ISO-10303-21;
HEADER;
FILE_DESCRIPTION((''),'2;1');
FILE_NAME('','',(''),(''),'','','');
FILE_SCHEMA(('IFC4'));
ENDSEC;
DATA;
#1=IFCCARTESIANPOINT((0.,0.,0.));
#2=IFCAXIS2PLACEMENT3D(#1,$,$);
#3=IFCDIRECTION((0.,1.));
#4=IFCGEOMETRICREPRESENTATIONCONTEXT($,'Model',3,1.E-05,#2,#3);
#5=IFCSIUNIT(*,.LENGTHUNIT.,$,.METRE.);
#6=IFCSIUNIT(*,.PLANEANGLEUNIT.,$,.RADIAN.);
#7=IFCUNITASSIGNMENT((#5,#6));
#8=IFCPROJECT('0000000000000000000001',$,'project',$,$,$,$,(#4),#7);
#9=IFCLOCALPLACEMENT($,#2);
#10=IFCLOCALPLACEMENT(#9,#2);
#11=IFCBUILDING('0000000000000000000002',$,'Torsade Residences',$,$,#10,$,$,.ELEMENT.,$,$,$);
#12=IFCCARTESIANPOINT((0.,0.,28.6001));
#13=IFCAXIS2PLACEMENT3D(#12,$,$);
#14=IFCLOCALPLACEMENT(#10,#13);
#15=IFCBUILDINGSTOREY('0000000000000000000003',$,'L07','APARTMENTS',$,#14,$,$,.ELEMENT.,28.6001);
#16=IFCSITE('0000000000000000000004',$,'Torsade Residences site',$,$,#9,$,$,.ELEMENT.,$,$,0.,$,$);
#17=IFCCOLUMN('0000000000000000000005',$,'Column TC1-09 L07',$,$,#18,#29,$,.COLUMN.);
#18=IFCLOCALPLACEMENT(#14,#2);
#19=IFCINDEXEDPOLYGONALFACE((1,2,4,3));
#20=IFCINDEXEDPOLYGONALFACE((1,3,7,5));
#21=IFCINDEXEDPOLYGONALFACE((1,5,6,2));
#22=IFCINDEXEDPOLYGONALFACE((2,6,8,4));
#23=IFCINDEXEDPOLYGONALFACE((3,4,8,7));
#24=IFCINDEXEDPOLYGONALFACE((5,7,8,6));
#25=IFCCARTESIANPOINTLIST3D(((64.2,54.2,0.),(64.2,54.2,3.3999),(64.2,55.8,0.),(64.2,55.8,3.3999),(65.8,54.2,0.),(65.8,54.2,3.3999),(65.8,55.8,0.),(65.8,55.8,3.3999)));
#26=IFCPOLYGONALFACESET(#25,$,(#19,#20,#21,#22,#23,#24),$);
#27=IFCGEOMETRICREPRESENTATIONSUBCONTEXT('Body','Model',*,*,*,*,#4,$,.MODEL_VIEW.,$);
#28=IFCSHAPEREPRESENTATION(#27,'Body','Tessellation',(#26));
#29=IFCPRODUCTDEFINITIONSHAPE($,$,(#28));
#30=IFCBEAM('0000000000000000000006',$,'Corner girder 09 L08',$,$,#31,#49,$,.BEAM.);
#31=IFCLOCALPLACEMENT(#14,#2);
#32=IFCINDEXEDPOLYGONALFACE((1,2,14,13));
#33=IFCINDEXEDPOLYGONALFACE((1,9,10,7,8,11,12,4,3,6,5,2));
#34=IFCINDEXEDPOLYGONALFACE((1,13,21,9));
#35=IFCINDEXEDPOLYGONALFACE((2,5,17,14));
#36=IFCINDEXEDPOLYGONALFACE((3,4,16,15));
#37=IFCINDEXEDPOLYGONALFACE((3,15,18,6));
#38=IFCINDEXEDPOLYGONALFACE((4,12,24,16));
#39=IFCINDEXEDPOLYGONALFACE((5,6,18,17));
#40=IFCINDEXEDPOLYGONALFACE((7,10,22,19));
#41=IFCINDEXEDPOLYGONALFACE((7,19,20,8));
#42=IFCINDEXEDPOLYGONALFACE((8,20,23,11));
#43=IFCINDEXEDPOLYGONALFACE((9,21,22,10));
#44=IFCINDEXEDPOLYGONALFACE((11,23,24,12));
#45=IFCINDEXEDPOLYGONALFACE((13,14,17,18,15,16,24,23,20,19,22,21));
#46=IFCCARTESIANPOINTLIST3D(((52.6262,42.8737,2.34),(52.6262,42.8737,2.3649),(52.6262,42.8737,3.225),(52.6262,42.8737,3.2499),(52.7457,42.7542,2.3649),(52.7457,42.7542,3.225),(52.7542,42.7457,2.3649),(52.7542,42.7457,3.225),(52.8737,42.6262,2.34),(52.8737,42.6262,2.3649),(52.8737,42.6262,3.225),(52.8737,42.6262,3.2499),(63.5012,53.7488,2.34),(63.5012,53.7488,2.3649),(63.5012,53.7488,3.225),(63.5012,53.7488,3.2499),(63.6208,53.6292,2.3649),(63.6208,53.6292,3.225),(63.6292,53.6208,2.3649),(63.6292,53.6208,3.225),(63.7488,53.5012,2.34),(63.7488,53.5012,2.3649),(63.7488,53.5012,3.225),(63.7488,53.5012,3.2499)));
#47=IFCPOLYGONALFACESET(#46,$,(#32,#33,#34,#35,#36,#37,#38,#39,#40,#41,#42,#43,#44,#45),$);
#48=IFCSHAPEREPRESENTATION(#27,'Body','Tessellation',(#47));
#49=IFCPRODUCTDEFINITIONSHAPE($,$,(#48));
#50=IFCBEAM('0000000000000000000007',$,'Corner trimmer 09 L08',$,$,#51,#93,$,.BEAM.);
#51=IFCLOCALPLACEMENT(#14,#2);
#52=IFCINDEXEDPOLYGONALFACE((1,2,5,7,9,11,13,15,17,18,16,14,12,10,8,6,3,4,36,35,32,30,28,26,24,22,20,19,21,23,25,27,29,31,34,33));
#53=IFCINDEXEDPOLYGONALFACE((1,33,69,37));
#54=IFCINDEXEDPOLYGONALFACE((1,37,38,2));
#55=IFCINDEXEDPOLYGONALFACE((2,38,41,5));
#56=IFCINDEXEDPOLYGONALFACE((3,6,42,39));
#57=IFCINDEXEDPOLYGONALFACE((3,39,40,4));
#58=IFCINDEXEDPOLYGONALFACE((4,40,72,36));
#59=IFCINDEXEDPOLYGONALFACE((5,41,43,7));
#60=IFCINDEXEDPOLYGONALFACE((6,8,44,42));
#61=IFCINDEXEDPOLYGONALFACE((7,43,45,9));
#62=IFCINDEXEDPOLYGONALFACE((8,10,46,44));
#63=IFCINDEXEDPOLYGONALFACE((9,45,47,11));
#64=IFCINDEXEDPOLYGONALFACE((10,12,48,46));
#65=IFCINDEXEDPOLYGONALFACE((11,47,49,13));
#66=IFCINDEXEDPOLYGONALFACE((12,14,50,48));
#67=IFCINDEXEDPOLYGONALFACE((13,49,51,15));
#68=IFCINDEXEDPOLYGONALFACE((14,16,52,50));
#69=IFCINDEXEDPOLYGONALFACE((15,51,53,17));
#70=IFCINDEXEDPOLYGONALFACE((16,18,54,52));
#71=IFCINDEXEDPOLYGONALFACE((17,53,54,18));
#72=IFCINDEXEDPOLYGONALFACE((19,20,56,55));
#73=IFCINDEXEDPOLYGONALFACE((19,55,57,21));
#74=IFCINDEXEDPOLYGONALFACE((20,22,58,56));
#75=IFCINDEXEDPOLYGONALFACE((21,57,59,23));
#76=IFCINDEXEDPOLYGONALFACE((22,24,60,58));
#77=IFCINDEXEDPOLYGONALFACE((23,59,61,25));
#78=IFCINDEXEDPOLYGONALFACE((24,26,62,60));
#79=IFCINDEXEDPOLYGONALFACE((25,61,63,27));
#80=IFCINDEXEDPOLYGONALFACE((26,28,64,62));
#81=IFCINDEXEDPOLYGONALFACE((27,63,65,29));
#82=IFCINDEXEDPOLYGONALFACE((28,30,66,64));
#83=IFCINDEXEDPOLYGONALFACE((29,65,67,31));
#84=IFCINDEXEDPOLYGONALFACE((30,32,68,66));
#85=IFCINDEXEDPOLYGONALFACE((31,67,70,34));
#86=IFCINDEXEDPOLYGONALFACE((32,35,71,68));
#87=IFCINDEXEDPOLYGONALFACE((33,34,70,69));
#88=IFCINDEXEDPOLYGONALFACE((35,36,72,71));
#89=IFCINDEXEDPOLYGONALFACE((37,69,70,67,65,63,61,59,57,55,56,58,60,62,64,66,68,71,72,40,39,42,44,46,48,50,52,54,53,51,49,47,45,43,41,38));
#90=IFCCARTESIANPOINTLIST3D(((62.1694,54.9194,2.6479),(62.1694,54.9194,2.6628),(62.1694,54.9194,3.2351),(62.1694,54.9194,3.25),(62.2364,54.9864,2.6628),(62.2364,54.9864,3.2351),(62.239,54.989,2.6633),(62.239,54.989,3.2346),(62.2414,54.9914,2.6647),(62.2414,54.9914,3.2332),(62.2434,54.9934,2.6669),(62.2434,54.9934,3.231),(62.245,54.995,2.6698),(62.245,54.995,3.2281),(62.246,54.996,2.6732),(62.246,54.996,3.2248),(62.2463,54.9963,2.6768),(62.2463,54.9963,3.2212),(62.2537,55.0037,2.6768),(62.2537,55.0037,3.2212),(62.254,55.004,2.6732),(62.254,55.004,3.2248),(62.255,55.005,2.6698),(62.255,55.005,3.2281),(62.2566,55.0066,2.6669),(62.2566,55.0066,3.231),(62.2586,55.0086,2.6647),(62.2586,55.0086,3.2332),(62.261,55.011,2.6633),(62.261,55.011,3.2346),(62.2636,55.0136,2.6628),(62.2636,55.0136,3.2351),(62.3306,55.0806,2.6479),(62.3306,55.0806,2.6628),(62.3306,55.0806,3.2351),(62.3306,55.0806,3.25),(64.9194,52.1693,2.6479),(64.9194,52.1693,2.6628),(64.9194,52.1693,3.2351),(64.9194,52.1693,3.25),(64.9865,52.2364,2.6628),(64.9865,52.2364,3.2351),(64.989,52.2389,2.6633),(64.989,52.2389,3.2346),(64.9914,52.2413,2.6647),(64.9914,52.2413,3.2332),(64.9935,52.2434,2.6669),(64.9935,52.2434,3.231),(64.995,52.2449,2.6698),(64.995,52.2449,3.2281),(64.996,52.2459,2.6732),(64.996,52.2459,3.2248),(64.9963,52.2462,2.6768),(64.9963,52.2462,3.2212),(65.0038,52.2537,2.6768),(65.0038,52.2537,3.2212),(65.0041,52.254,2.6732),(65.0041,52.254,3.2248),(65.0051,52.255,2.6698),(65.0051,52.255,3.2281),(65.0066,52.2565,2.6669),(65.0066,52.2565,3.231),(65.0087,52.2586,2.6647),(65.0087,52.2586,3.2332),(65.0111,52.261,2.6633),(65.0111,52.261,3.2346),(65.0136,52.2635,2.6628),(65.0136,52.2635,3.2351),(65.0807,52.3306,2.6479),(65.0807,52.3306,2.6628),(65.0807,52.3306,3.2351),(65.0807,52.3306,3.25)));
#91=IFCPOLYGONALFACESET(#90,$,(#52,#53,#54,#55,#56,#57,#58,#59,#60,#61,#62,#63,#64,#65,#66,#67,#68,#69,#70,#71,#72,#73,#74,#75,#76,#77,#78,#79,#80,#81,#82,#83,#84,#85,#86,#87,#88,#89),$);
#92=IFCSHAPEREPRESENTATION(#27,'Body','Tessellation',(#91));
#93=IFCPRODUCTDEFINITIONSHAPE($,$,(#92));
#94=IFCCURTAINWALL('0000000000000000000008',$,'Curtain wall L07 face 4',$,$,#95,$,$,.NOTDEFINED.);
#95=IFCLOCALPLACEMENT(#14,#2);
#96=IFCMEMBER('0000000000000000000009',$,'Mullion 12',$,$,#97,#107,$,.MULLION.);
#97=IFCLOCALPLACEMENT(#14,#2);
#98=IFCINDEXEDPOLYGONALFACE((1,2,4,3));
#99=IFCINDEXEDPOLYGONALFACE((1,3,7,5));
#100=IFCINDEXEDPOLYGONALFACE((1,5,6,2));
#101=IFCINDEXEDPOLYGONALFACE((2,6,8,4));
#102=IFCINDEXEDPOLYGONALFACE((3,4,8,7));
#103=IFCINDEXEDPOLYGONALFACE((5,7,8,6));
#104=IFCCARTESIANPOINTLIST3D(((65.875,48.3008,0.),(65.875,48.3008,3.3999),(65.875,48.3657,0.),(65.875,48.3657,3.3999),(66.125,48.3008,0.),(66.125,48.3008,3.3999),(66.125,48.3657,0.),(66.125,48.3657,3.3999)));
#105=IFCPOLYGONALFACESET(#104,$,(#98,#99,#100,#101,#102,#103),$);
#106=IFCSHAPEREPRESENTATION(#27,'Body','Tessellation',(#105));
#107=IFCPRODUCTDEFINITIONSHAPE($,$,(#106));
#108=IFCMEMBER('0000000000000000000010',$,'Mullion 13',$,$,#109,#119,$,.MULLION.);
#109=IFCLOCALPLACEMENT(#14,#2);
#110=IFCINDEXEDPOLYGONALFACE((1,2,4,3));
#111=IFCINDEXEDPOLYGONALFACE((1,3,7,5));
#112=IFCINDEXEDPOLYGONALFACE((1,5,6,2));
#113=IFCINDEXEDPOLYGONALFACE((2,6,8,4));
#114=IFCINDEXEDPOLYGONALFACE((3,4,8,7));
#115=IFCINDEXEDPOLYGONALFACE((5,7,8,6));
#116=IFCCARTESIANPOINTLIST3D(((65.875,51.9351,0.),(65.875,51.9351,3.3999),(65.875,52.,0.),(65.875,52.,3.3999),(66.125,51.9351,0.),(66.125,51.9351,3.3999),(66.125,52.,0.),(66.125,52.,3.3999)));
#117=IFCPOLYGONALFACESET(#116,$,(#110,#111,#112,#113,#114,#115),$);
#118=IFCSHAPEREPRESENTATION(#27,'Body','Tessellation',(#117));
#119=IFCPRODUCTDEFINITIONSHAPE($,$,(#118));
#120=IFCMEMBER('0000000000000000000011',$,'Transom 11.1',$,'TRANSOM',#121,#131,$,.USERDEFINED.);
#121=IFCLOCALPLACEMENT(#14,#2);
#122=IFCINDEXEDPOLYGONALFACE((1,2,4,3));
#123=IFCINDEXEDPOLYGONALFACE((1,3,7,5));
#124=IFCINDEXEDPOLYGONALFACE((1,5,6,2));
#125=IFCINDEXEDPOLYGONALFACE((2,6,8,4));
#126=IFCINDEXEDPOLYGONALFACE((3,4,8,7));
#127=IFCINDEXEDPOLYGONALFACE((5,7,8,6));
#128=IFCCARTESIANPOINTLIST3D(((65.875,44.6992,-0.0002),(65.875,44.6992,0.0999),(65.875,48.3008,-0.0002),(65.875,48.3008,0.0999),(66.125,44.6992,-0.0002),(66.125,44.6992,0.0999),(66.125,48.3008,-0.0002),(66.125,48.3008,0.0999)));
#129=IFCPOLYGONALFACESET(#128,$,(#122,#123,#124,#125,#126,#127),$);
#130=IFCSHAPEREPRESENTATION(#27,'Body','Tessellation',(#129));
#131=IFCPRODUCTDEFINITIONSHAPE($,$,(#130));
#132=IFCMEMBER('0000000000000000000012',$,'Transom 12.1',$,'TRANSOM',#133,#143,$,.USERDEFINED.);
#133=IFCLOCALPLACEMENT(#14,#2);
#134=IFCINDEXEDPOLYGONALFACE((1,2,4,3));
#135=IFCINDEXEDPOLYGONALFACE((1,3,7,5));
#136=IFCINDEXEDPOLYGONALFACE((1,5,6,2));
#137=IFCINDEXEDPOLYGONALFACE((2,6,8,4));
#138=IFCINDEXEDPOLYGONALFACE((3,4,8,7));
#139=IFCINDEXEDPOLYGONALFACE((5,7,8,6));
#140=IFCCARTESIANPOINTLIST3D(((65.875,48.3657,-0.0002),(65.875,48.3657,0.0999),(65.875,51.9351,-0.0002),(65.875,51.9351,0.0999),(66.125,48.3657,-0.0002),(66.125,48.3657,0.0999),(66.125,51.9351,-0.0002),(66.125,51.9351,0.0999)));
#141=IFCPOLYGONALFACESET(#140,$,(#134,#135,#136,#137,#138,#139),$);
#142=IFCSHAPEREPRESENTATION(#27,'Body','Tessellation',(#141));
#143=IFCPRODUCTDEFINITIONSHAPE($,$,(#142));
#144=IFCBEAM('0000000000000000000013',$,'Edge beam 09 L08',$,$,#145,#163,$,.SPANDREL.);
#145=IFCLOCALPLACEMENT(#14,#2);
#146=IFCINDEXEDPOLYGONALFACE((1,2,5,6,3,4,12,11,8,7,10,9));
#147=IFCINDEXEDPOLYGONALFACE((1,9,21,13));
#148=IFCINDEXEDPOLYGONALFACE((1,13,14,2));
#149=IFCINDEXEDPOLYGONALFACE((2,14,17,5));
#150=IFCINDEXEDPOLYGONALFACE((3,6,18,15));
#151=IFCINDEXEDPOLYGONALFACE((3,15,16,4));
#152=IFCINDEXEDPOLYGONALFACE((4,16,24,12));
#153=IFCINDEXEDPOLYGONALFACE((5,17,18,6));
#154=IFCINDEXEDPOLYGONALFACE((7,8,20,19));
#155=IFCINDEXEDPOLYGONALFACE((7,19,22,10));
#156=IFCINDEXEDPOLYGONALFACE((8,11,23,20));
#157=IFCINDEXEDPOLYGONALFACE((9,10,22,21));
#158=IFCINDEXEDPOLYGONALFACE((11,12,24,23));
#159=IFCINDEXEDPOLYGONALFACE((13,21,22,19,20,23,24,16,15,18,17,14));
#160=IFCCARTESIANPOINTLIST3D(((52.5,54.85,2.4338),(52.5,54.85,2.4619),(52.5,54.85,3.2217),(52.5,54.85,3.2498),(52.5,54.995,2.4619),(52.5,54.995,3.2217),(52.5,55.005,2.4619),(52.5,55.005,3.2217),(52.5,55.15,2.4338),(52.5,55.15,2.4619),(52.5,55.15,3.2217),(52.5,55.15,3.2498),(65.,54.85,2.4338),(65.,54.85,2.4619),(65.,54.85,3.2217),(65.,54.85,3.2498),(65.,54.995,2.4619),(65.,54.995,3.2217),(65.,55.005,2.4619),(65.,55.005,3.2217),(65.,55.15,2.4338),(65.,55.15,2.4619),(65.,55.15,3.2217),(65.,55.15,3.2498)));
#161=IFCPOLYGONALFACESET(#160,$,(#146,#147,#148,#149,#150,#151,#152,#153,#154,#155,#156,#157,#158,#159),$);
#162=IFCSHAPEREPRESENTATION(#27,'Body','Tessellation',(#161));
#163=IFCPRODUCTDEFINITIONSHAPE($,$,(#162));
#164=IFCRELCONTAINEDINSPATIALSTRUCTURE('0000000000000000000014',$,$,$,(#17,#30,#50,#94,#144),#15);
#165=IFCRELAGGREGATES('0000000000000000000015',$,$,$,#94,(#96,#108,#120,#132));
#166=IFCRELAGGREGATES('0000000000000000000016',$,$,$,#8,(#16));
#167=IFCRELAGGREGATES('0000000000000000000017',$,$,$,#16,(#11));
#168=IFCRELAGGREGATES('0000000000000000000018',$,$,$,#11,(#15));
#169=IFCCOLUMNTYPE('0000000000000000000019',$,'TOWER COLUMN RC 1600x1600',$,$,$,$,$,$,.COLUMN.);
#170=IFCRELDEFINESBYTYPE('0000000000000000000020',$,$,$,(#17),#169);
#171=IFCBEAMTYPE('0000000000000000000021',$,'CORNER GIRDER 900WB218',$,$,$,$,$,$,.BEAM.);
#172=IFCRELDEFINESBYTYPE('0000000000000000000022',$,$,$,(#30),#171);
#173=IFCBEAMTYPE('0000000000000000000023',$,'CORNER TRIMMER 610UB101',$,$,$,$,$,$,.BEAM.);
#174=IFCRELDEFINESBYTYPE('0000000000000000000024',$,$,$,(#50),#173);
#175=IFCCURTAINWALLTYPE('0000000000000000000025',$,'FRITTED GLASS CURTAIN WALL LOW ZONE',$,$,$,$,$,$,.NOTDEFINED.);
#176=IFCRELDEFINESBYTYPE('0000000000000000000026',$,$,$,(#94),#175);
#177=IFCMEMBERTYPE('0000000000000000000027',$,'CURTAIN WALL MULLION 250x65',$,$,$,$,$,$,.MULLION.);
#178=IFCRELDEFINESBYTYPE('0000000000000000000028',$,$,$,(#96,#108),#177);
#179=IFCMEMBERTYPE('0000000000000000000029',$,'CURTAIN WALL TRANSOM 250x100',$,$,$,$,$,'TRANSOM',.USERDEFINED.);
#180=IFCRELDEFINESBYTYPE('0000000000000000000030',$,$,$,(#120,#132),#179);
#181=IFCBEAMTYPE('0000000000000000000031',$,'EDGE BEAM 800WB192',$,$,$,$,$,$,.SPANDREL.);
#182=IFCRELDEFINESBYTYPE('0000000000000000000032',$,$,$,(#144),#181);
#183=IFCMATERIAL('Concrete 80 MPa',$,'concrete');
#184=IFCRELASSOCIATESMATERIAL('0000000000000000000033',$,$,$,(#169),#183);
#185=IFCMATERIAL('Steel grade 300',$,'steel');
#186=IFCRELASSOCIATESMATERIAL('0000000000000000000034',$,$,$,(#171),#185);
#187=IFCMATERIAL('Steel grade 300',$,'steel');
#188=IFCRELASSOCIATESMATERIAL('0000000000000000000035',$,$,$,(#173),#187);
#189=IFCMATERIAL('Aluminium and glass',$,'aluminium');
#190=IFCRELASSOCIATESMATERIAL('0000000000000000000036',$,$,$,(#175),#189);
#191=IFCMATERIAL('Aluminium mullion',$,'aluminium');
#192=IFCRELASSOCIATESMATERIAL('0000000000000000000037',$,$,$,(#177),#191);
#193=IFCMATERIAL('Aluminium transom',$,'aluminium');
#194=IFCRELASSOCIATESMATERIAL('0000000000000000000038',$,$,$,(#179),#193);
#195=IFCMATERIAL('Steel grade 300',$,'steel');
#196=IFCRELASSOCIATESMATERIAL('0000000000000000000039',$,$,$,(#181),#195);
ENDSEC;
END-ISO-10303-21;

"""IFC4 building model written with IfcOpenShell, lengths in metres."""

from ifc_helpers import new_model, si_unit, direction, frame, origin, origin_2d, place, context, subcontext, project, spatial, rectangle, i_section, extrude, material, material_profile, profile_set, type_object, element, aggregate, save


model = new_model("IFC4")

# Units and contexts
model_context = context("Model", 3, precision=1e-05, world=origin(), true_north=direction((0.0, 1.0)))
body_context = subcontext(model_context, "Body", "Model", "MODEL_VIEW")
ifc_project = project(units=[si_unit("LENGTHUNIT", "METRE"), si_unit("PLANEANGLEUNIT", "RADIAN")], contexts=[model_context])

# Site, building, storey
site_placement = place(None, origin())
site = spatial("IfcSite", under=ifc_project, at=site_placement, Name="Torsade Residences site", CompositionType="ELEMENT", RefElevation=0.0)
building_placement = place(site_placement, origin())
building = spatial("IfcBuilding", under=site, at=building_placement, Name="Torsade Residences", CompositionType="ELEMENT")
storey_placement = place(building_placement, frame((0.0, 0.0, 28.6001)))
storey = spatial("IfcBuildingStorey", under=building, at=storey_placement, Name="L07", Description="APARTMENTS", CompositionType="ELEMENT", Elevation=28.6001)

# Column
ifc_material_1 = material(Name="Concrete 80 MPa", Category="concrete")
ifc_material_profile_1 = material_profile(ifc_material_1, rectangle(XDim=1.6001, YDim=1.6001, at=origin_2d()), Name="RC 1600x1600")
ifc_profile_set_1 = profile_set([ifc_material_profile_1], Name="Concrete 80 MPa")
column_type = type_object("IfcColumnType", Name="TOWER COLUMN RC 1600x1600", PredefinedType="COLUMN", material=ifc_profile_set_1)
column_placement = place(storey_placement, frame((65.0, 55.0, 0.0), z_axis=(0.0, 0.0, 1.0), x_axis=(1.0, 0.0, 0.0)))
element("IfcColumn", 1, at=column_placement, inside=storey, type_object=column_type, Name="Column TC1-09 L07", PredefinedType="COLUMN", context=body_context, shape_type="SweptSolid", body=[
    extrude(rectangle(XDim=1.6001, YDim=1.6001, at=origin_2d()), origin(), (0.0, 0.0, 1.0), 3.3999),
])

# Beams
ifc_material_2 = material(Name="Steel grade 300", Category="steel")
ifc_material_profile_2 = material_profile(ifc_material_2, i_section(OverallWidth=0.3501, OverallDepth=0.9099, WebThickness=0.012, FlangeThickness=0.0249, at=origin_2d()), Name="900WB218")
ifc_profile_set_2 = profile_set([ifc_material_profile_2], Name="Steel grade 300")
beam_type_1 = type_object("IfcBeamType", Name="CORNER GIRDER 900WB218", PredefinedType="BEAM", material=ifc_profile_set_2)
beam_1_placement = place(storey_placement, frame((63.625, 53.625, 2.7949), z_axis=(-0.707107, -0.707107, 0.0), x_axis=(0.707107, -0.707107, 0.0)))
element("IfcBeam", 2, at=beam_1_placement, inside=storey, type_object=beam_type_1, Name="Corner girder 09 L08", PredefinedType="BEAM", context=body_context, shape_type="SweptSolid", body=[
    extrude(i_section(OverallWidth=0.3501, OverallDepth=0.9099, WebThickness=0.012, FlangeThickness=0.0249, at=origin_2d()), origin(), (0.0, 0.0, 1.0), 15.3796),
])
ifc_material_3 = material(Name="Steel grade 300", Category="steel")
ifc_material_profile_3 = material_profile(ifc_material_3, i_section(OverallWidth=0.228, OverallDepth=0.6021, WebThickness=0.0105, FlangeThickness=0.0149, FilletRadius=0.0139, at=origin_2d()), Name="610UB101")
ifc_profile_set_3 = profile_set([ifc_material_profile_3], Name="Steel grade 300")
beam_type_2 = type_object("IfcBeamType", Name="CORNER TRIMMER 610UB101", PredefinedType="BEAM", material=ifc_profile_set_3)
beam_2_placement = place(storey_placement, frame((62.25, 55.0, 2.949), z_axis=(0.707107, -0.707107, 0.0), x_axis=(0.707107, 0.707107, 0.0)))
element("IfcBeam", 3, at=beam_2_placement, inside=storey, type_object=beam_type_2, Name="Corner trimmer 09 L08", PredefinedType="BEAM", context=body_context, shape_type="SweptSolid", body=[
    extrude(i_section(OverallWidth=0.228, OverallDepth=0.6021, WebThickness=0.0105, FlangeThickness=0.0149, FilletRadius=0.0139, at=origin_2d()), origin(), (0.0, 0.0, 1.0), 3.8892),
])

# Curtain wall, members
ifc_material_4 = material(Name="Aluminium and glass", Category="aluminium")
curtain_wall_type = type_object("IfcCurtainWallType", Name="FRITTED GLASS CURTAIN WALL LOW ZONE", PredefinedType="NOTDEFINED", material=ifc_material_4)
curtain_wall_placement = place(storey_placement, origin())
curtain_wall = element("IfcCurtainWall", 4, at=curtain_wall_placement, inside=storey, type_object=curtain_wall_type, Name="Curtain wall L07 face 4", PredefinedType="NOTDEFINED")
ifc_material_5 = material(Name="Aluminium mullion", Category="aluminium")
ifc_material_profile_4 = material_profile(ifc_material_5, rectangle(XDim=0.25, YDim=0.0649, at=origin_2d()), Name="CURTAIN WALL MULLION 250x65")
ifc_profile_set_4 = profile_set([ifc_material_profile_4], Name="Aluminium mullion")
member_type_1 = type_object("IfcMemberType", Name="CURTAIN WALL MULLION 250x65", PredefinedType="MULLION", material=ifc_profile_set_4)
member_1_placement = place(storey_placement, frame((66.0, 48.3333, 0.0), z_axis=(0.0, 0.0, 1.0), x_axis=(-1.0, 0.0, 0.0)))
member_1 = element("IfcMember", 5, at=member_1_placement, type_object=member_type_1, Name="Mullion 12", PredefinedType="MULLION", context=body_context, shape_type="SweptSolid", body=[
    extrude(rectangle(XDim=0.25, YDim=0.0649, at=origin_2d()), origin(), (0.0, 0.0, 1.0), 3.3999),
])
member_2_placement = place(storey_placement, frame((66.0, 51.9675, 0.0), z_axis=(0.0, 0.0, 1.0), x_axis=(-1.0, 0.0, 0.0)))
member_2 = element("IfcMember", 6, at=member_2_placement, type_object=member_type_1, Name="Mullion 13", PredefinedType="MULLION", context=body_context, shape_type="SweptSolid", body=[
    extrude(rectangle(XDim=0.25, YDim=0.0649, at=origin_2d()), origin(), (0.0, 0.0, 1.0), 3.3999),
])
ifc_material_6 = material(Name="Aluminium transom", Category="aluminium")
ifc_material_profile_5 = material_profile(ifc_material_6, rectangle(XDim=0.25, YDim=0.1001, at=origin_2d()), Name="CURTAIN WALL TRANSOM 250x100")
ifc_profile_set_5 = profile_set([ifc_material_profile_5], Name="Aluminium transom")
member_type_2 = type_object("IfcMemberType", Name="CURTAIN WALL TRANSOM 250x100", ElementType="TRANSOM", PredefinedType="USERDEFINED", material=ifc_profile_set_5)
member_3_placement = place(storey_placement, frame((66.0, 44.6992, 0.0498), z_axis=(0.0, 1.0, 0.0), x_axis=(-1.0, 0.0, 0.0)))
member_3 = element("IfcMember", 7, at=member_3_placement, type_object=member_type_2, Name="Transom 11.1", ObjectType="TRANSOM", PredefinedType="USERDEFINED", context=body_context, shape_type="SweptSolid", body=[
    extrude(rectangle(XDim=0.25, YDim=0.1001, at=origin_2d()), origin(), (0.0, 0.0, 1.0), 3.6016),
])
member_4_placement = place(storey_placement, frame((66.0, 48.3657, 0.0498), z_axis=(0.0, 1.0, 0.0), x_axis=(-1.0, 0.0, 0.0)))
member_4 = element("IfcMember", 8, at=member_4_placement, type_object=member_type_2, Name="Transom 12.1", ObjectType="TRANSOM", PredefinedType="USERDEFINED", context=body_context, shape_type="SweptSolid", body=[
    extrude(rectangle(XDim=0.25, YDim=0.1001, at=origin_2d()), origin(), (0.0, 0.0, 1.0), 3.5693),
])

# Beam
ifc_material_7 = material(Name="Steel grade 300", Category="steel")
ifc_material_profile_6 = material_profile(ifc_material_7, i_section(OverallWidth=0.3, OverallDepth=0.8159, WebThickness=0.01, FlangeThickness=0.0281, at=origin_2d()), Name="800WB192")
ifc_profile_set_6 = profile_set([ifc_material_profile_6], Name="Steel grade 300")
beam_type_3 = type_object("IfcBeamType", Name="EDGE BEAM 800WB192", PredefinedType="SPANDREL", material=ifc_profile_set_6)
beam_3_placement = place(storey_placement, frame((65.0, 55.0, 2.8418), z_axis=(-1.0, 0.0, 0.0), x_axis=(0.0, -1.0, 0.0)))
element("IfcBeam", 9, at=beam_3_placement, inside=storey, type_object=beam_type_3, Name="Edge beam 09 L08", PredefinedType="SPANDREL", context=body_context, shape_type="SweptSolid", body=[
    extrude(i_section(OverallWidth=0.3, OverallDepth=0.8159, WebThickness=0.01, FlangeThickness=0.0281, at=origin_2d()), origin(), (0.0, 0.0, 1.0), 12.5),
])

aggregate(curtain_wall, [member_1, member_2, member_3, member_4])

save(model, "model.ifc")
